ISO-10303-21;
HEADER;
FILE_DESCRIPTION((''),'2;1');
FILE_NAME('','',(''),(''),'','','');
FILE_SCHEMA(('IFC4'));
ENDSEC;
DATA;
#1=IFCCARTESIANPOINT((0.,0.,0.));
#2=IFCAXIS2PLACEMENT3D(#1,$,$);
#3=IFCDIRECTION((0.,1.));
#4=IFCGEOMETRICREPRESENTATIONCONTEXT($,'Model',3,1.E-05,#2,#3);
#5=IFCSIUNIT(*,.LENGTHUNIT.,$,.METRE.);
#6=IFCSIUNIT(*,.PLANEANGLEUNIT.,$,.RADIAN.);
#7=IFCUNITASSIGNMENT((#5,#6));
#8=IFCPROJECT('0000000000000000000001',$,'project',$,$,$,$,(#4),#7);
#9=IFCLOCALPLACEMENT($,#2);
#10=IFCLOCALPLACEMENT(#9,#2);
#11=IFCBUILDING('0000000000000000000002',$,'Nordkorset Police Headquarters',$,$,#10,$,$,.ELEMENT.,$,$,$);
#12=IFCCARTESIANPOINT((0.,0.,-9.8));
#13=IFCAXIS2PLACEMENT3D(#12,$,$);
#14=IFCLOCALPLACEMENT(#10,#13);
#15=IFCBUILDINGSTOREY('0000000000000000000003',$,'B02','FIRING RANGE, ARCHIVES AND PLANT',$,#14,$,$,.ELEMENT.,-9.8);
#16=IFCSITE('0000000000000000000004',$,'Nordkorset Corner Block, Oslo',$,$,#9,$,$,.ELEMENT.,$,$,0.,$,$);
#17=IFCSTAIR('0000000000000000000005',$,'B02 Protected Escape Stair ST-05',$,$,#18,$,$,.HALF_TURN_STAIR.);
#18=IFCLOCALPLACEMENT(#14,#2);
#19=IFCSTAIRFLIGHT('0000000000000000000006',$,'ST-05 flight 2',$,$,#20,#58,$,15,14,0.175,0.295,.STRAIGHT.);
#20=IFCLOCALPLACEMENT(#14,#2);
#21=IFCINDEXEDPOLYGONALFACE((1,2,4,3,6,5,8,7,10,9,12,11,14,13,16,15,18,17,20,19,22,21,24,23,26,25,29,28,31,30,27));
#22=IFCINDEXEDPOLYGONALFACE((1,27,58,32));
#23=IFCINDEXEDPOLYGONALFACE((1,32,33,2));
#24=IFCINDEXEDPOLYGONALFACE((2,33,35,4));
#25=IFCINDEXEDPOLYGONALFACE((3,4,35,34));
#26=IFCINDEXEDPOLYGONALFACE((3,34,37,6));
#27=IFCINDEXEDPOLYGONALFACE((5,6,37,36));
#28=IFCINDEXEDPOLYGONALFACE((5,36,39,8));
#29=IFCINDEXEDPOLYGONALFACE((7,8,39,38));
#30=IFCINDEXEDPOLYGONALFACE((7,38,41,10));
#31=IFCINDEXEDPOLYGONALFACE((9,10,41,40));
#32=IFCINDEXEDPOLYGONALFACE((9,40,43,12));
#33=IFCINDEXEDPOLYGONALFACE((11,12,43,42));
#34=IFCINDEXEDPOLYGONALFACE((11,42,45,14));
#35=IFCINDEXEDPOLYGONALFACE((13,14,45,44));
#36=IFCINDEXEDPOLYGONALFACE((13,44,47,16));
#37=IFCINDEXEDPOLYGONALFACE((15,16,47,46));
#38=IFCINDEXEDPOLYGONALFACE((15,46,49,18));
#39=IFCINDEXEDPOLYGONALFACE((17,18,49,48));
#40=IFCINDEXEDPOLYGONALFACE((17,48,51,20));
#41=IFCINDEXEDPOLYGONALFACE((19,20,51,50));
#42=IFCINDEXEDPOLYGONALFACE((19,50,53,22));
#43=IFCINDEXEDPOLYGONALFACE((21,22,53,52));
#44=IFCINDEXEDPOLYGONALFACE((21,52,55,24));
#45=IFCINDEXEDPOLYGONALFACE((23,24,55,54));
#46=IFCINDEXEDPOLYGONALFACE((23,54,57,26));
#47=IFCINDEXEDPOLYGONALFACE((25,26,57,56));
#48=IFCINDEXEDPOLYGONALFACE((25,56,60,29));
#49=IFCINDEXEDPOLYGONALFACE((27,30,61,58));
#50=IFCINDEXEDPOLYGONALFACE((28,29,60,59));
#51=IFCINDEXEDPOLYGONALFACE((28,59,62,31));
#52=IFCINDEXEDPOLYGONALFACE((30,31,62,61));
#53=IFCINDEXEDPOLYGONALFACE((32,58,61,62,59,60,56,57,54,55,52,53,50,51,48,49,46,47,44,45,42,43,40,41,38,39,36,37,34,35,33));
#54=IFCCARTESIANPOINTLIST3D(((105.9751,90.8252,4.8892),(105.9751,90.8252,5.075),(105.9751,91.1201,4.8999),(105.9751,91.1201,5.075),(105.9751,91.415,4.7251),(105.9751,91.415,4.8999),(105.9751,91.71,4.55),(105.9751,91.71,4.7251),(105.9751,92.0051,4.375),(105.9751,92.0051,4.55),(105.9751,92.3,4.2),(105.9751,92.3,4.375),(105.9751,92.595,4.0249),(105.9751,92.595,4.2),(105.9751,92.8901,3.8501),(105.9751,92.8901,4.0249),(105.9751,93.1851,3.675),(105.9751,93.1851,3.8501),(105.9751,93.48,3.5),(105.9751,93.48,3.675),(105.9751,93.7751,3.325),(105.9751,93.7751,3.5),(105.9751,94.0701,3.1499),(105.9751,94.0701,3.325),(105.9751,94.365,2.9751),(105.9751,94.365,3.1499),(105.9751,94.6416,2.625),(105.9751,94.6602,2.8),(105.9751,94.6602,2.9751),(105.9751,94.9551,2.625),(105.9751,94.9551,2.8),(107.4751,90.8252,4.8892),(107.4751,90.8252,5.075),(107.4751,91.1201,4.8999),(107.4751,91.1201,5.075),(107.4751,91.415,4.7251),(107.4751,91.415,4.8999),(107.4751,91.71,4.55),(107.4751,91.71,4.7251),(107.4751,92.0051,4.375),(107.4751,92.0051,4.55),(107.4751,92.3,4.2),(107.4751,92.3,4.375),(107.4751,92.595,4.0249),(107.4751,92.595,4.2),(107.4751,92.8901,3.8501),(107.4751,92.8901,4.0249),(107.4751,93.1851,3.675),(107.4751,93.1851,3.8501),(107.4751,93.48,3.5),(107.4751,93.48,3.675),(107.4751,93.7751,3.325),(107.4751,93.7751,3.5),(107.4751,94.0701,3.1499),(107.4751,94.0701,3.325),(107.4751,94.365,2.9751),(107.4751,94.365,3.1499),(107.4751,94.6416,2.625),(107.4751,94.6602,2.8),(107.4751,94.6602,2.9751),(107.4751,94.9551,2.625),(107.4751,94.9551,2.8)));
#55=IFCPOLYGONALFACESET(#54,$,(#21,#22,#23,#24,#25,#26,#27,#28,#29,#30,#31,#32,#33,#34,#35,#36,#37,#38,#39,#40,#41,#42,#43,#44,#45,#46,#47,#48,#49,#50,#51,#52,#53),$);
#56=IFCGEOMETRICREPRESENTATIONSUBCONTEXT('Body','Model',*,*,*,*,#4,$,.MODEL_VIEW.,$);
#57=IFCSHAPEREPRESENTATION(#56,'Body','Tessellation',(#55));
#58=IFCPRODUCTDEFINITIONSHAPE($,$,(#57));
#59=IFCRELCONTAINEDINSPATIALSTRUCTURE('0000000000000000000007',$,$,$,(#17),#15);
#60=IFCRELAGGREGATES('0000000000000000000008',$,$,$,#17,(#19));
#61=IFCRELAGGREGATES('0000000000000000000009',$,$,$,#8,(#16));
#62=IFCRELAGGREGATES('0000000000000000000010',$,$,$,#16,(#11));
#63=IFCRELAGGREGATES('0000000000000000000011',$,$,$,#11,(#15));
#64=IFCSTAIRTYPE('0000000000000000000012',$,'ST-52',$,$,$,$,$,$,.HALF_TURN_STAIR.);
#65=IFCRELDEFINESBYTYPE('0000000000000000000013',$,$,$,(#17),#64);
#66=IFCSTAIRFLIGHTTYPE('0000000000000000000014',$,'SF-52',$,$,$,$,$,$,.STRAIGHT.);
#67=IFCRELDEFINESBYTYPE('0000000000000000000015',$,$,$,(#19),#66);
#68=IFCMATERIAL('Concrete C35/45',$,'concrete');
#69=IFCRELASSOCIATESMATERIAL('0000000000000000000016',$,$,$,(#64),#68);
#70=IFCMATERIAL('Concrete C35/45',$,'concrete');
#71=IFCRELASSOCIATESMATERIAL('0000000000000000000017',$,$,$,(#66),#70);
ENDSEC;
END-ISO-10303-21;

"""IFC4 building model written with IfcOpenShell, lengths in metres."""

from ifc_helpers import new_model, si_unit, direction, frame, origin, place, context, subcontext, project, spatial, polyline, outline, extrude, material, type_object, element, aggregate, save


model = new_model("IFC4")

# Units and contexts
model_context = context("Model", 3, precision=1e-05, world=origin(), true_north=direction((0.0, 1.0)))
body_context = subcontext(model_context, "Body", "Model", "MODEL_VIEW")
ifc_project = project(units=[si_unit("LENGTHUNIT", "METRE"), si_unit("PLANEANGLEUNIT", "RADIAN")], contexts=[model_context])

# Site, building, storey
site_placement = place(None, origin())
site = spatial("IfcSite", under=ifc_project, at=site_placement, Name="Nordkorset Corner Block, Oslo", CompositionType="ELEMENT", RefElevation=0.0)
building_placement = place(site_placement, origin())
building = spatial("IfcBuilding", under=site, at=building_placement, Name="Nordkorset Police Headquarters", CompositionType="ELEMENT")
storey_placement = place(building_placement, frame((0.0, 0.0, -9.8)))
storey = spatial("IfcBuildingStorey", under=building, at=storey_placement, Name="B02", Description="FIRING RANGE, ARCHIVES AND PLANT", CompositionType="ELEMENT", Elevation=-9.8)

# Stair, stair flight
ifc_material_1 = material(Name="Concrete C35/45", Category="concrete")
stair_type = type_object("IfcStairType", Name="ST-52", PredefinedType="HALF_TURN_STAIR", material=ifc_material_1)
stair_placement = place(storey_placement, origin())
stair = element("IfcStair", 1, at=stair_placement, inside=storey, type_object=stair_type, Name="B02 Protected Escape Stair ST-05", PredefinedType="HALF_TURN_STAIR")
ifc_material_2 = material(Name="Concrete C35/45", Category="concrete")
stair_flight_type = type_object("IfcStairFlightType", Name="SF-52", PredefinedType="STRAIGHT", material=ifc_material_2)
stair_flight_placement = place(storey_placement, frame((106.7251, 94.9551, 2.625), z_axis=(0.0, 0.0, 1.0), x_axis=(0.0, -1.0, 0.0)))
stair_flight = element("IfcStairFlight", 2, at=stair_flight_placement, type_object=stair_flight_type, Name="ST-05 flight 2", NumberOfRisers=15, NumberOfTreads=14, PredefinedType="STRAIGHT", RiserHeight=0.175, TreadLength=0.295, context=body_context, shape_type="SweptSolid", body=[
    extrude(outline(polyline([(0.0, 0.0), (0.0, 0.175), (0.2949, 0.175), (0.2949, 0.3501), (0.5901, 0.3501), (0.5901, 0.5249), (0.885, 0.5249), (0.885, 0.7), (1.1799, 0.7), (1.1799, 0.875), (1.4751, 0.875), (1.4751, 1.05), (1.77, 1.05), (1.77, 1.2251), (2.0649, 1.2251), (2.0649, 1.3999), (2.3601, 1.3999), (2.3601, 1.575), (2.655, 1.575), (2.655, 1.75), (2.95, 1.75), (2.95, 1.925), (3.2451, 1.925), (3.2451, 2.1001), (3.54, 2.1001), (3.54, 2.2749), (3.835, 2.2749), (3.835, 2.45), (4.1299, 2.45), (4.1299, 2.625), (4.1299, 2.2642), (0.3135, 0.0), (0.0, 0.0)])), frame((0.0, 0.75, 0.0), z_axis=(0.0, -1.0, 0.0), x_axis=(1.0, 0.0, 0.0)), (0.0, 0.0, 1.0), 1.5),
])
aggregate(stair, [stair_flight])

save(model, "model.ifc")
